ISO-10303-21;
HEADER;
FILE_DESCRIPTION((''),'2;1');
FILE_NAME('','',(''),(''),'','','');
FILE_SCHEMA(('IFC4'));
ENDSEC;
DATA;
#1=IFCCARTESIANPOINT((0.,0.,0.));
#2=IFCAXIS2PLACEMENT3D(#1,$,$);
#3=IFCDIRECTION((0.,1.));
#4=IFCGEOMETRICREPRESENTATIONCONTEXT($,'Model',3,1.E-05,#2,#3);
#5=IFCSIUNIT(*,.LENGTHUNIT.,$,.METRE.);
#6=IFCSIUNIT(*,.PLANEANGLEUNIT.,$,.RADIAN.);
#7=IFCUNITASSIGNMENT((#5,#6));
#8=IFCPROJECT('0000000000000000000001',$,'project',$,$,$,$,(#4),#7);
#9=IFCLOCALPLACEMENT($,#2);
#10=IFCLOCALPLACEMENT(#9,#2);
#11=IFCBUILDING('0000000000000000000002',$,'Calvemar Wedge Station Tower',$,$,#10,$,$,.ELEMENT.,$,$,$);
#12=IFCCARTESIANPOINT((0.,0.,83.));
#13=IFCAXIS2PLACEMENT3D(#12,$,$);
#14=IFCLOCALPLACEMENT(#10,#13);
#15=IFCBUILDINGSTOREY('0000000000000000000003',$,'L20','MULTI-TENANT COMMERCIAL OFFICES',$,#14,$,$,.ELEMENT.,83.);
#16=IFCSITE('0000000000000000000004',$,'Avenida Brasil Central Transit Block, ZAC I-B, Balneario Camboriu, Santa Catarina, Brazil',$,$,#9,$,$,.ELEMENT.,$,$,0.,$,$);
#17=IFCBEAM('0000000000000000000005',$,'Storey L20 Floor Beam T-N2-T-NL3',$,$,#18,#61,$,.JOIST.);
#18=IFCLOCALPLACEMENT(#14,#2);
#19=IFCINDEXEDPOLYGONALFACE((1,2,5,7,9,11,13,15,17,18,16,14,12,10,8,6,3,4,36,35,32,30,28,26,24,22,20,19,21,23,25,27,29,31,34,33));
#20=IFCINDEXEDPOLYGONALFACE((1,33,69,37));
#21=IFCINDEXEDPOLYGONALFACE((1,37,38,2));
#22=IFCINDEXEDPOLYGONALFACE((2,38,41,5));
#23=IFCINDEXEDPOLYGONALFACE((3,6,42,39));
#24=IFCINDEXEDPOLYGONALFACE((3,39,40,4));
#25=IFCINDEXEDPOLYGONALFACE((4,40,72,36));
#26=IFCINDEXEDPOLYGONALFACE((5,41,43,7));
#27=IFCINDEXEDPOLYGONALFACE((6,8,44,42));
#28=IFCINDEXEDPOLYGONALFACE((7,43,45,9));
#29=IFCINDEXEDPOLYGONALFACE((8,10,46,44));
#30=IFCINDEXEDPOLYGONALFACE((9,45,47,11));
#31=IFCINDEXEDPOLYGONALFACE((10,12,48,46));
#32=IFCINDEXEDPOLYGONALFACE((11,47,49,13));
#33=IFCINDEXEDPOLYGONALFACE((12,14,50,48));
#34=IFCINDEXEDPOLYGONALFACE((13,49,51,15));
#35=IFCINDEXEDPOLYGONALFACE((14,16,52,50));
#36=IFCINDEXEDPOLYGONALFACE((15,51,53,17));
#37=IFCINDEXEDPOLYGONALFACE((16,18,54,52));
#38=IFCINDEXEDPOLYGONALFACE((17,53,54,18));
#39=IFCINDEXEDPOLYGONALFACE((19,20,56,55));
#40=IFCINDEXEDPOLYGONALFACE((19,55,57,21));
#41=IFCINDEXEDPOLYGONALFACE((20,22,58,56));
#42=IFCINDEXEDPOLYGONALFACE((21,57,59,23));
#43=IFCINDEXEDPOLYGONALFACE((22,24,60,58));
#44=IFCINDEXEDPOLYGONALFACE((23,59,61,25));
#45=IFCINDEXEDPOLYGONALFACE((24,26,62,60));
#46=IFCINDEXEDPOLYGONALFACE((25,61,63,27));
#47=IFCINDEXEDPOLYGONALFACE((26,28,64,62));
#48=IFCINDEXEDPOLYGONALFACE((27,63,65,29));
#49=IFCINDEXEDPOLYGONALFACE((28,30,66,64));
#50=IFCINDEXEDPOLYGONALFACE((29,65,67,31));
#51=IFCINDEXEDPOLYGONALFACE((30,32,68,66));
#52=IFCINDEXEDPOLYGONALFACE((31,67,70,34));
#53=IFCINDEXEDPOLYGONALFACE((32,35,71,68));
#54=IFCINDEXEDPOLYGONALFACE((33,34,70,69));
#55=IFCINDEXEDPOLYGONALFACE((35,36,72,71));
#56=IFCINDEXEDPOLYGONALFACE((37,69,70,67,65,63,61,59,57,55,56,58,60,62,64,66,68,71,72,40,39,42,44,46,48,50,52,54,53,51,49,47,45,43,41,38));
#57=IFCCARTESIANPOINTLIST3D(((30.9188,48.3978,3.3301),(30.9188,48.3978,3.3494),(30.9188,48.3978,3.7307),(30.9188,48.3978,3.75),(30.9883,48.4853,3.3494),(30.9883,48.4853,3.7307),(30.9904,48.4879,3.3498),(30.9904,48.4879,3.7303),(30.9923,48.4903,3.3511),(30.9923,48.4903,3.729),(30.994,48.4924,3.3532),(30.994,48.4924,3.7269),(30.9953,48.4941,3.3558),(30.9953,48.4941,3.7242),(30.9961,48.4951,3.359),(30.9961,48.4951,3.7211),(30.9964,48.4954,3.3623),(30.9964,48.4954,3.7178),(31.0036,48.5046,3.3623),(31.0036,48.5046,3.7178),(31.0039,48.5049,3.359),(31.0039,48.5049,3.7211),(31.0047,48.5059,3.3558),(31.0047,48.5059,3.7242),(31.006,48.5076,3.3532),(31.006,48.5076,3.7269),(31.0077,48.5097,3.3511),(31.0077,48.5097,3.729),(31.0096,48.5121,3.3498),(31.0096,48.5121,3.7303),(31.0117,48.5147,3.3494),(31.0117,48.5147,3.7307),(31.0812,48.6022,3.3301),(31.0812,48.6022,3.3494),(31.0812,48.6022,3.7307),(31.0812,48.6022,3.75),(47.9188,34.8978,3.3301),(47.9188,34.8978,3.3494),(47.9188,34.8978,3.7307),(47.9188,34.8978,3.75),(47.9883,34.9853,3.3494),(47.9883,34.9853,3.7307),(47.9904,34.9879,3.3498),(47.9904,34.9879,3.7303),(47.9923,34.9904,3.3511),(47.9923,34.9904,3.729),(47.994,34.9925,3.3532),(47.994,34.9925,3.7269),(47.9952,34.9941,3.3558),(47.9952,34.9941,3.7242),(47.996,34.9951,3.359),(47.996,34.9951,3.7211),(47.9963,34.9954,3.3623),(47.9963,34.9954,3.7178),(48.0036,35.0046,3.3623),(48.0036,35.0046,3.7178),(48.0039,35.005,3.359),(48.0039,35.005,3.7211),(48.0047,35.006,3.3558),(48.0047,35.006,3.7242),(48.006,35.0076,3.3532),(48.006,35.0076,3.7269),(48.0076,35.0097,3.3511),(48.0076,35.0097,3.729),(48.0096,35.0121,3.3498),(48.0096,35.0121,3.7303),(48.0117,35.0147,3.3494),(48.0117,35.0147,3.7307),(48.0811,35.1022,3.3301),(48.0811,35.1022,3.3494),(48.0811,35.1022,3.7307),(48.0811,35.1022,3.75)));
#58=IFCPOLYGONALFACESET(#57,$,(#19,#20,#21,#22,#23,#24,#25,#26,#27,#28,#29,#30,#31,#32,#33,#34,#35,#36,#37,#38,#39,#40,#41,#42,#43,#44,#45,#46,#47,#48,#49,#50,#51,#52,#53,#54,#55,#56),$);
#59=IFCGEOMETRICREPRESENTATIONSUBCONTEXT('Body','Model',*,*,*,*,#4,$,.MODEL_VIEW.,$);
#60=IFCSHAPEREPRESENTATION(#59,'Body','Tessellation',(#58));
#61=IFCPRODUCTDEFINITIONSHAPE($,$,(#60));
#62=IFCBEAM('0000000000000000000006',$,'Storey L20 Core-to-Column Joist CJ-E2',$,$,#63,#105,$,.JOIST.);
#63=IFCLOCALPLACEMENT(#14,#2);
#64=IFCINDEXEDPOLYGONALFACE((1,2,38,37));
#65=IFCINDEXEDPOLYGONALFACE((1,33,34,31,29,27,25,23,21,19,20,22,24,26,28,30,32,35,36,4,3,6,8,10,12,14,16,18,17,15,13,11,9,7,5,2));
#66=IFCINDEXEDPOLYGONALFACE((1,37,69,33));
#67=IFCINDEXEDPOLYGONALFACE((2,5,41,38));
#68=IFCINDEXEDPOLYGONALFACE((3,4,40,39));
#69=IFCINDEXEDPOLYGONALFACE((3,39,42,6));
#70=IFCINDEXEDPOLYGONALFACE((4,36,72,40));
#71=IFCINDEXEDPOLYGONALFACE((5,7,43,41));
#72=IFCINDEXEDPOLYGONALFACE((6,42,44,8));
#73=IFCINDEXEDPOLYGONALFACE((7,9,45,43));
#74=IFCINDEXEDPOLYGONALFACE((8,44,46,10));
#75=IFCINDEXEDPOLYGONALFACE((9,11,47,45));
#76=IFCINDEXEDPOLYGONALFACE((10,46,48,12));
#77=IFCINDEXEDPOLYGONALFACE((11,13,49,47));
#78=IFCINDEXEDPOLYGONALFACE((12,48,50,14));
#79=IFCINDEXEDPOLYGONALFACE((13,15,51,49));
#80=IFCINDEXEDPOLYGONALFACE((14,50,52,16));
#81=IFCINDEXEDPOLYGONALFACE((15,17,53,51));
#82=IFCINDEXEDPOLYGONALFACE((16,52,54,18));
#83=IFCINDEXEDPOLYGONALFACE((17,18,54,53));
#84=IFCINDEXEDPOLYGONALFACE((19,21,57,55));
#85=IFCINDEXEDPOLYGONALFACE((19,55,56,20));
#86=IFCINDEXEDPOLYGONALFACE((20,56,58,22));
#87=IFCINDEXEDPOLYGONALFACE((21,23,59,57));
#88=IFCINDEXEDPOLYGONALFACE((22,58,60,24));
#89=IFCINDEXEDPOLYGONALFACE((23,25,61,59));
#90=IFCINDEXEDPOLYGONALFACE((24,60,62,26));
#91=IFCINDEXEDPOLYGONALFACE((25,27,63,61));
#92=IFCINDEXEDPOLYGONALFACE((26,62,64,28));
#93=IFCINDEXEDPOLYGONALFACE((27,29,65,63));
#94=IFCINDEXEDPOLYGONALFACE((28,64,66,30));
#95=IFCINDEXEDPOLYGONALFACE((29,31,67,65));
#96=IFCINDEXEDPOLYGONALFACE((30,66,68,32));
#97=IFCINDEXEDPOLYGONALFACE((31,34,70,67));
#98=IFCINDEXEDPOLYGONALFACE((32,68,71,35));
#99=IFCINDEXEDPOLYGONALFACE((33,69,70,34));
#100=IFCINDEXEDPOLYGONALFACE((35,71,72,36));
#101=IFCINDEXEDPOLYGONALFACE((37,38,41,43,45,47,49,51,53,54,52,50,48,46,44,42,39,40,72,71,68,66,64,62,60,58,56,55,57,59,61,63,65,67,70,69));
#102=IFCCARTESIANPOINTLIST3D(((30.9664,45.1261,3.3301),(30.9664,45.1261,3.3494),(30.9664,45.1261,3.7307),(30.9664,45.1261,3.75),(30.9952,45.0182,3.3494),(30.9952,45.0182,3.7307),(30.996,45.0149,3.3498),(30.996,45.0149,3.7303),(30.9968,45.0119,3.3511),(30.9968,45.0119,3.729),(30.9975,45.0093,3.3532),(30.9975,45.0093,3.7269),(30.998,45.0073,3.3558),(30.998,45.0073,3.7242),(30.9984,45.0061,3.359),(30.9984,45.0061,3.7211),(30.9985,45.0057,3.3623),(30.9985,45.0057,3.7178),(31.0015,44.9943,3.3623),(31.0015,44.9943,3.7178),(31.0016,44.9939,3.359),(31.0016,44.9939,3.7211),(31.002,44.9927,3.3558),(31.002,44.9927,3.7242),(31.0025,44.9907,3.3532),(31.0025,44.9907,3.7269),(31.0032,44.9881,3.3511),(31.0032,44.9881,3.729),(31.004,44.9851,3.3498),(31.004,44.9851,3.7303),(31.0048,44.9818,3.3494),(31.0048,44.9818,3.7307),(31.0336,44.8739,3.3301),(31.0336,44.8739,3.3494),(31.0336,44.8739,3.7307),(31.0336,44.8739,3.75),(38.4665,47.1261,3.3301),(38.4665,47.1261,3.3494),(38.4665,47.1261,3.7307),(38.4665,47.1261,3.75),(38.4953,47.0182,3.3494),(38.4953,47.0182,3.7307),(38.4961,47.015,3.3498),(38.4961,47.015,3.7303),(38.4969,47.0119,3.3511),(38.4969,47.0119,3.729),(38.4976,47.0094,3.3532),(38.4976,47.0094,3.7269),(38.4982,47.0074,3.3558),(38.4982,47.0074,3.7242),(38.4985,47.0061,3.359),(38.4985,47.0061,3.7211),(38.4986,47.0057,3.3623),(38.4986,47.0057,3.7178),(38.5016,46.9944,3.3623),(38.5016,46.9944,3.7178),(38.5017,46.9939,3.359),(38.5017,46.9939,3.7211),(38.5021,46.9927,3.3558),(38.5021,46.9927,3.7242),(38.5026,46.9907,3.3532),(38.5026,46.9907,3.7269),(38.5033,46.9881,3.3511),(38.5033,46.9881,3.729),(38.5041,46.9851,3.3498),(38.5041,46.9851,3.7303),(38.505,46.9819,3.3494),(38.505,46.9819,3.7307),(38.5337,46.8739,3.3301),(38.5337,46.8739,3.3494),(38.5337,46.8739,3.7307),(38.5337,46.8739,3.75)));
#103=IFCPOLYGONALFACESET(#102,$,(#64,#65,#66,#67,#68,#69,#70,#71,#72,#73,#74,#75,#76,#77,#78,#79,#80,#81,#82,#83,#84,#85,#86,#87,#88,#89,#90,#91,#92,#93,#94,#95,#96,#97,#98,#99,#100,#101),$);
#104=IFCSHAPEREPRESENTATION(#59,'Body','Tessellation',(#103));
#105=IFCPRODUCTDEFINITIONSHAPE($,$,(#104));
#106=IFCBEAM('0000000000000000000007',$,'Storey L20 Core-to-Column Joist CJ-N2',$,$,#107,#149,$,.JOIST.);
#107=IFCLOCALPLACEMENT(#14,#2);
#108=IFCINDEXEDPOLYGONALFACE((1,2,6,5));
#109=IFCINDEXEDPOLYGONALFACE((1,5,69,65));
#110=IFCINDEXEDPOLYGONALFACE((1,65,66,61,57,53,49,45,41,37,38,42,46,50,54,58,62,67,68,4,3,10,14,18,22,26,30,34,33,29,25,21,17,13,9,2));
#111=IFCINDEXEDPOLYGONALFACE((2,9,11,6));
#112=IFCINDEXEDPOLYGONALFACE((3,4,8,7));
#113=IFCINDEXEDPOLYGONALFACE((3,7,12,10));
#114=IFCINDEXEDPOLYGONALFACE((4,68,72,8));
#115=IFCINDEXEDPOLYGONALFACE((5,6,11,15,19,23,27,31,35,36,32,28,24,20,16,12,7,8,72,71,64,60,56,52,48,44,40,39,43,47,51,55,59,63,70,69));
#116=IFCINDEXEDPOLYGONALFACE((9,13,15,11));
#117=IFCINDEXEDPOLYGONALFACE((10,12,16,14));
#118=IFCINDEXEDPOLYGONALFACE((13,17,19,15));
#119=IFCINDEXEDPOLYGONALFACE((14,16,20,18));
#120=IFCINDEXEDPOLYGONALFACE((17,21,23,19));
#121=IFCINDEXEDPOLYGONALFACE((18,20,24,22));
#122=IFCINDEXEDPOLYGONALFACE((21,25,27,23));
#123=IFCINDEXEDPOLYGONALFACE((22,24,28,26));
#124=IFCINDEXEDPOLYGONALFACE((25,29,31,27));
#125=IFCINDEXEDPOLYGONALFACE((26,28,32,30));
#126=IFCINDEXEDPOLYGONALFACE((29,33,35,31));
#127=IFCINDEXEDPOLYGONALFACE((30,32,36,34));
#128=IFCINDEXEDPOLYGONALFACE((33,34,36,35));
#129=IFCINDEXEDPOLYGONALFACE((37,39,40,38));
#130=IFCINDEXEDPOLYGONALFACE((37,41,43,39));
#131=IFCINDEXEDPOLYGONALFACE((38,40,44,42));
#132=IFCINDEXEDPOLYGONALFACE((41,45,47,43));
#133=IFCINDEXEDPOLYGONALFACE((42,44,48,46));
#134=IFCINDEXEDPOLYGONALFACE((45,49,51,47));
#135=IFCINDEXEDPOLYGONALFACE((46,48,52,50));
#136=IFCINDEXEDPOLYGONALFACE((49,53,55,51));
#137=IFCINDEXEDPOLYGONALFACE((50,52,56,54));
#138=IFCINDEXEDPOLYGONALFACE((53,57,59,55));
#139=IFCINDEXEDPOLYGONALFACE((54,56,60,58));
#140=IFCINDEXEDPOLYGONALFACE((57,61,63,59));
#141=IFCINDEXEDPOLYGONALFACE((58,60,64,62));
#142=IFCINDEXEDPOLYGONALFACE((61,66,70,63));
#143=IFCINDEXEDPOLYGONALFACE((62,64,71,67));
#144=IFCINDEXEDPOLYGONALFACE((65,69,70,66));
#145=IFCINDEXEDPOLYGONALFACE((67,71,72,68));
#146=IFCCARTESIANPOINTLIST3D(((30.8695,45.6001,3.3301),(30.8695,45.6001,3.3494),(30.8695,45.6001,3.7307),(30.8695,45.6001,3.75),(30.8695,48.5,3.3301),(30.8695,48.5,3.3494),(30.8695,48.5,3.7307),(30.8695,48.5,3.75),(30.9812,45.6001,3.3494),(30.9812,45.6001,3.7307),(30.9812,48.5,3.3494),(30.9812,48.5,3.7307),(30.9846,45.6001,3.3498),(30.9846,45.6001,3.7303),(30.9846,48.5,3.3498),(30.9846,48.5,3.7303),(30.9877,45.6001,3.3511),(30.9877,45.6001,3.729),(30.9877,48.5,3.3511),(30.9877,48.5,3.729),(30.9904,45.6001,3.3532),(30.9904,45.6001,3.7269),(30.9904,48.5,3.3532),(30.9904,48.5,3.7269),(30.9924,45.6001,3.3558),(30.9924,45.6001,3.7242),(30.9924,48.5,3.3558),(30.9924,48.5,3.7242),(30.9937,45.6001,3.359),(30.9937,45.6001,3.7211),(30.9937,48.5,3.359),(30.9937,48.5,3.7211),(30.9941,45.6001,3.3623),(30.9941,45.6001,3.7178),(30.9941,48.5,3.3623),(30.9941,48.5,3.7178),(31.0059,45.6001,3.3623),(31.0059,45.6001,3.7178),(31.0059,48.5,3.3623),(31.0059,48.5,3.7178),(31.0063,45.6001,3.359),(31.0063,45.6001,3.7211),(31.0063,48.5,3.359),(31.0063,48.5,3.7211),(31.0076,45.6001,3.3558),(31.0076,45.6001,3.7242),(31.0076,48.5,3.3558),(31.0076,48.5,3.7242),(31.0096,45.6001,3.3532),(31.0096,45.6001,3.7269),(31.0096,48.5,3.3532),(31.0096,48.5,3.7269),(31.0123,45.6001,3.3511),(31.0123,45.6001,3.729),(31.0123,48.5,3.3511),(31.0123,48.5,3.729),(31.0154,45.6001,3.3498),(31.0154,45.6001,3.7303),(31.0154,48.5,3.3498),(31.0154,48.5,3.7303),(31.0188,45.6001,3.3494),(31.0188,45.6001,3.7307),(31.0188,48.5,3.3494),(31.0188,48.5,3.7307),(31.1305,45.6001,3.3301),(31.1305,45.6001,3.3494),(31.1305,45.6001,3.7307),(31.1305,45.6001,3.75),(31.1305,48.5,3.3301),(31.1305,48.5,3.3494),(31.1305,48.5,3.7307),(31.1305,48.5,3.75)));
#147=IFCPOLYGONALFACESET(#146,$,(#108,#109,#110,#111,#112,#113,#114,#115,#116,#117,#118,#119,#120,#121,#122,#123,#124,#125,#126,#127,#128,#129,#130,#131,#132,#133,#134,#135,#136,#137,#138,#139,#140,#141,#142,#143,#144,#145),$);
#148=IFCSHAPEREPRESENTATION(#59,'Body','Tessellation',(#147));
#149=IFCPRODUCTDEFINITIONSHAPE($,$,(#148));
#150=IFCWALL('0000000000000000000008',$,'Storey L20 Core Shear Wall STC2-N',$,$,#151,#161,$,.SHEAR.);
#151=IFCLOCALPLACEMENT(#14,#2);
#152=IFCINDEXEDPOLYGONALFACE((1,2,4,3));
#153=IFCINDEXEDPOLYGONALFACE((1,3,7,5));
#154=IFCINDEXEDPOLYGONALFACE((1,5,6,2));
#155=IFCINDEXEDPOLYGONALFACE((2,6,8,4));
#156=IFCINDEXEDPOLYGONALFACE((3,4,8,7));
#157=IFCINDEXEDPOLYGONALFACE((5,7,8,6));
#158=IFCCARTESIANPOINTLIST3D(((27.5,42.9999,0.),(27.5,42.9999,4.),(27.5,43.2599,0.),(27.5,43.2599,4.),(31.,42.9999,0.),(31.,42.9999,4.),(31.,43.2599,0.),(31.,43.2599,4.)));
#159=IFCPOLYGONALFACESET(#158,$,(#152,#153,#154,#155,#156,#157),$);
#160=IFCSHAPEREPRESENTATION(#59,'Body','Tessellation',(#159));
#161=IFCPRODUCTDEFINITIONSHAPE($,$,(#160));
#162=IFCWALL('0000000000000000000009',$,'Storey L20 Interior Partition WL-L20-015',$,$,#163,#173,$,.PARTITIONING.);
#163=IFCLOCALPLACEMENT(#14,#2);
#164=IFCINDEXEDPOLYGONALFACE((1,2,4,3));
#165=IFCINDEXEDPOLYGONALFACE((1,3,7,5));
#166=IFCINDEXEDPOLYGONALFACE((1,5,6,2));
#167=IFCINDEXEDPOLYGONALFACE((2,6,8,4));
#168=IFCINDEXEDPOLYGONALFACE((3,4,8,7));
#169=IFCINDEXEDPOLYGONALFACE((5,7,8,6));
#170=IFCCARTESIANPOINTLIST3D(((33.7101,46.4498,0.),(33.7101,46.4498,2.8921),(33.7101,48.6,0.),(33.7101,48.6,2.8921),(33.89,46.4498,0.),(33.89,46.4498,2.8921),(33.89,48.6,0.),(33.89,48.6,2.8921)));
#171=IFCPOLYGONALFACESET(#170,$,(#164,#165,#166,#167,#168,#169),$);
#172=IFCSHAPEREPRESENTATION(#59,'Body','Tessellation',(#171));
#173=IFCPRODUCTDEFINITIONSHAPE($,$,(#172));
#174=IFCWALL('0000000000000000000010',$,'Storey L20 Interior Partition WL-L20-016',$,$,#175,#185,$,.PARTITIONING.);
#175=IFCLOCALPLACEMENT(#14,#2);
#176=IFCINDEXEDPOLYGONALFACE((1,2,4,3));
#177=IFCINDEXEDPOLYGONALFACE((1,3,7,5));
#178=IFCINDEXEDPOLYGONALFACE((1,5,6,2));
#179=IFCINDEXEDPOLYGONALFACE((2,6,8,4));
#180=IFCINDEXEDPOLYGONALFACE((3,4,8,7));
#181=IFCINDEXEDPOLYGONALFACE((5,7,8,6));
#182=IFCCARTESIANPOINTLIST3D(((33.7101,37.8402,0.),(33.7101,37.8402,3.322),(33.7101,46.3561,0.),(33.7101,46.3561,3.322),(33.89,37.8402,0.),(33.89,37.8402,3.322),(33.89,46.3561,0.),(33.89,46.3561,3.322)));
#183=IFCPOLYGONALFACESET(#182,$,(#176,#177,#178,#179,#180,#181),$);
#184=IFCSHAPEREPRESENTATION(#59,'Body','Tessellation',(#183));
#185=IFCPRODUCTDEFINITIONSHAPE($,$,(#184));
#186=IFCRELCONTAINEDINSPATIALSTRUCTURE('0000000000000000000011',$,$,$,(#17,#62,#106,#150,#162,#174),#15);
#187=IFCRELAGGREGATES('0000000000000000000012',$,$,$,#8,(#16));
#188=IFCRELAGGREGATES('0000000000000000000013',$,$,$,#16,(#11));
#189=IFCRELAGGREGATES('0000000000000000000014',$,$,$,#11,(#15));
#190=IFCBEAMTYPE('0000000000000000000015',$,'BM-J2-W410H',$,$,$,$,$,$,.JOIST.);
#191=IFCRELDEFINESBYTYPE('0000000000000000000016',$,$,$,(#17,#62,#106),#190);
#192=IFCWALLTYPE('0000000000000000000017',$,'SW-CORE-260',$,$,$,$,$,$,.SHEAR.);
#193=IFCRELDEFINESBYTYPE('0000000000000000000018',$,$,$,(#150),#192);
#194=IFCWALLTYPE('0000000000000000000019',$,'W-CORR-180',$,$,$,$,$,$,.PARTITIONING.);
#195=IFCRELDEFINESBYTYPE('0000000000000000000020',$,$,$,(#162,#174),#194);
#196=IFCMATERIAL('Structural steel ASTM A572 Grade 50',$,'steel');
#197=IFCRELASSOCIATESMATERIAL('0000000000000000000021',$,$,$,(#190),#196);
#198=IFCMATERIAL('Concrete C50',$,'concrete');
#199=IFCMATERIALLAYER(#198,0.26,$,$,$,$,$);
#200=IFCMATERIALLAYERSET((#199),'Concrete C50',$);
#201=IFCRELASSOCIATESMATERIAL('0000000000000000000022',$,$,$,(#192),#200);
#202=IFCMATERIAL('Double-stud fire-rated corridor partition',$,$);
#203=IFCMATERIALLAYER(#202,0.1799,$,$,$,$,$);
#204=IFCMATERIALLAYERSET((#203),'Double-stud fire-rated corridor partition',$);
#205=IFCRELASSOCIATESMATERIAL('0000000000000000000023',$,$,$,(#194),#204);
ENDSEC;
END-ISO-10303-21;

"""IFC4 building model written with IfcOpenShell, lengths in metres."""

from ifc_helpers import new_model, si_unit, direction, frame, frame_2d, origin, origin_2d, place, context, subcontext, project, spatial, rectangle, i_section, extrude, source, transform, mapped, material, layer, layer_set, material_profile, profile_set, type_object, element, save


model = new_model("IFC4")

# Units and contexts
model_context = context("Model", 3, precision=1e-05, world=origin(), true_north=direction((0.0, 1.0)))
body_context = subcontext(model_context, "Body", "Model", "MODEL_VIEW")
ifc_project = project(units=[si_unit("LENGTHUNIT", "METRE"), si_unit("PLANEANGLEUNIT", "RADIAN")], contexts=[model_context])

# Site, building, storey
site_placement = place(None, origin())
site = spatial("IfcSite", under=ifc_project, at=site_placement, Name="Avenida Brasil Central Transit Block, ZAC I-B, Balneario Camboriu, Santa Catarina, Brazil", CompositionType="ELEMENT", RefElevation=0.0)
building_placement = place(site_placement, origin())
building = spatial("IfcBuilding", under=site, at=building_placement, Name="Calvemar Wedge Station Tower", CompositionType="ELEMENT")
storey_placement = place(building_placement, frame((0.0, 0.0, 83.0)))
storey = spatial("IfcBuildingStorey", under=building, at=storey_placement, Name="L20", Description="MULTI-TENANT COMMERCIAL OFFICES", CompositionType="ELEMENT", Elevation=83.0)

# Beams
ifc_material_1 = material(Name="Structural steel ASTM A572 Grade 50", Category="steel")
ifc_material_profile_1 = material_profile(ifc_material_1, i_section(OverallWidth=0.261, OverallDepth=0.4199, WebThickness=0.0117, FlangeThickness=0.0193, FilletRadius=0.0129, at=origin_2d()), Name="W410x114")
ifc_profile_set_1 = profile_set([ifc_material_profile_1], Name="Structural steel ASTM A572 Grade 50")
beam_type_1 = type_object("IfcBeamType", Name="BM-J2-W410H", PredefinedType="JOIST", material=ifc_profile_set_1)
shared_shape_1 = source(origin(), body_context, "Body", "SweptSolid", [
    extrude(i_section(OverallWidth=0.261, OverallDepth=0.4199, WebThickness=0.0117, FlangeThickness=0.0193, FilletRadius=0.0129, at=origin_2d()), origin(), (0.0, 0.0, 1.0), 21.7083),
])
beam_1_placement = place(storey_placement, frame((31.0, 48.5, 3.54), z_axis=(0.783111, -0.621882, 0.0), x_axis=(0.621882, 0.783111, 0.0)))
element("IfcBeam", 1, at=beam_1_placement, inside=storey, type_object=beam_type_1, Name="Storey L20 Floor Beam T-N2-T-NL3", PredefinedType="JOIST", context=body_context, shape_type="MappedRepresentation", body=[
    mapped(shared_shape_1, transform((0.0, 0.0, 0.0), scale=1.0)),
])
shared_shape_2 = source(origin(), body_context, "Body", "SweptSolid", [
    extrude(i_section(OverallWidth=0.261, OverallDepth=0.4199, WebThickness=0.0117, FlangeThickness=0.0193, FilletRadius=0.0129, at=origin_2d()), origin(), (0.0, 0.0, 1.0), 7.7622),
])
beam_2_placement = place(storey_placement, frame((31.0, 45.0, 3.54), z_axis=(0.966235, 0.257663, 0.0), x_axis=(-0.257663, 0.966235, 0.0)))
element("IfcBeam", 2, at=beam_2_placement, inside=storey, type_object=beam_type_1, Name="Storey L20 Core-to-Column Joist CJ-E2", PredefinedType="JOIST", context=body_context, shape_type="MappedRepresentation", body=[
    mapped(shared_shape_2, transform((0.0, 0.0, 0.0), scale=1.0)),
])
shared_shape_3 = source(origin(), body_context, "Body", "SweptSolid", [
    extrude(i_section(OverallWidth=0.261, OverallDepth=0.4199, WebThickness=0.0117, FlangeThickness=0.0193, FilletRadius=0.0129, at=origin_2d()), origin(), (0.0, 0.0, 1.0), 2.8999),
])
beam_3_placement = place(storey_placement, frame((31.0, 45.6001, 3.54), z_axis=(0.0, 1.0, 0.0), x_axis=(-1.0, 0.0, 0.0)))
element("IfcBeam", 3, at=beam_3_placement, inside=storey, type_object=beam_type_1, Name="Storey L20 Core-to-Column Joist CJ-N2", PredefinedType="JOIST", context=body_context, shape_type="MappedRepresentation", body=[
    mapped(shared_shape_3, transform((0.0, 0.0, 0.0), scale=1.0)),
])

# Wall
ifc_material_2 = material(Name="Concrete C50", Category="concrete")
ifc_layer_1 = layer(ifc_material_2, 0.26)
ifc_layer_set_1 = layer_set([ifc_layer_1], Name="Concrete C50")
wall_type_1 = type_object("IfcWallType", Name="SW-CORE-260", PredefinedType="SHEAR", material=ifc_layer_set_1)
wall_1_placement = place(storey_placement, frame((27.5, 43.1299, 0.0), z_axis=(0.0, 0.0, 1.0), x_axis=(1.0, 0.0, 0.0)))
element("IfcWall", 4, at=wall_1_placement, inside=storey, type_object=wall_type_1, Name="Storey L20 Core Shear Wall STC2-N", PredefinedType="SHEAR", context=body_context, shape_type="SweptSolid", body=[
    extrude(rectangle(XDim=3.5, YDim=0.26, at=frame_2d((1.75, 0.0))), origin(), (0.0, 0.0, 1.0), 4.0),
])

# Walls
ifc_material_3 = material(Name="Double-stud fire-rated corridor partition")
ifc_layer_2 = layer(ifc_material_3, 0.1799)
ifc_layer_set_2 = layer_set([ifc_layer_2], Name="Double-stud fire-rated corridor partition")
wall_type_2 = type_object("IfcWallType", Name="W-CORR-180", PredefinedType="PARTITIONING", material=ifc_layer_set_2)
wall_2_placement = place(storey_placement, frame((33.8, 48.6001, 0.0), z_axis=(0.0, 0.0, 1.0), x_axis=(0.0, -1.0, 0.0)))
element("IfcWall", 5, at=wall_2_placement, inside=storey, type_object=wall_type_2, Name="Storey L20 Interior Partition WL-L20-015", PredefinedType="PARTITIONING", context=body_context, shape_type="SweptSolid", body=[
    extrude(rectangle(XDim=2.1501, YDim=0.1799, at=frame_2d((1.0752, 0.0))), origin(), (0.0, 0.0, 1.0), 2.8921),
])
wall_3_placement = place(storey_placement, frame((33.8, 46.356, 0.0), z_axis=(0.0, 0.0, 1.0), x_axis=(0.0, -1.0, 0.0)))
element("IfcWall", 6, at=wall_3_placement, inside=storey, type_object=wall_type_2, Name="Storey L20 Interior Partition WL-L20-016", PredefinedType="PARTITIONING", context=body_context, shape_type="SweptSolid", body=[
    extrude(rectangle(XDim=8.5159, YDim=0.1799, at=frame_2d((4.2578, 0.0))), origin(), (0.0, 0.0, 1.0), 3.322),
])

save(model, "model.ifc")
